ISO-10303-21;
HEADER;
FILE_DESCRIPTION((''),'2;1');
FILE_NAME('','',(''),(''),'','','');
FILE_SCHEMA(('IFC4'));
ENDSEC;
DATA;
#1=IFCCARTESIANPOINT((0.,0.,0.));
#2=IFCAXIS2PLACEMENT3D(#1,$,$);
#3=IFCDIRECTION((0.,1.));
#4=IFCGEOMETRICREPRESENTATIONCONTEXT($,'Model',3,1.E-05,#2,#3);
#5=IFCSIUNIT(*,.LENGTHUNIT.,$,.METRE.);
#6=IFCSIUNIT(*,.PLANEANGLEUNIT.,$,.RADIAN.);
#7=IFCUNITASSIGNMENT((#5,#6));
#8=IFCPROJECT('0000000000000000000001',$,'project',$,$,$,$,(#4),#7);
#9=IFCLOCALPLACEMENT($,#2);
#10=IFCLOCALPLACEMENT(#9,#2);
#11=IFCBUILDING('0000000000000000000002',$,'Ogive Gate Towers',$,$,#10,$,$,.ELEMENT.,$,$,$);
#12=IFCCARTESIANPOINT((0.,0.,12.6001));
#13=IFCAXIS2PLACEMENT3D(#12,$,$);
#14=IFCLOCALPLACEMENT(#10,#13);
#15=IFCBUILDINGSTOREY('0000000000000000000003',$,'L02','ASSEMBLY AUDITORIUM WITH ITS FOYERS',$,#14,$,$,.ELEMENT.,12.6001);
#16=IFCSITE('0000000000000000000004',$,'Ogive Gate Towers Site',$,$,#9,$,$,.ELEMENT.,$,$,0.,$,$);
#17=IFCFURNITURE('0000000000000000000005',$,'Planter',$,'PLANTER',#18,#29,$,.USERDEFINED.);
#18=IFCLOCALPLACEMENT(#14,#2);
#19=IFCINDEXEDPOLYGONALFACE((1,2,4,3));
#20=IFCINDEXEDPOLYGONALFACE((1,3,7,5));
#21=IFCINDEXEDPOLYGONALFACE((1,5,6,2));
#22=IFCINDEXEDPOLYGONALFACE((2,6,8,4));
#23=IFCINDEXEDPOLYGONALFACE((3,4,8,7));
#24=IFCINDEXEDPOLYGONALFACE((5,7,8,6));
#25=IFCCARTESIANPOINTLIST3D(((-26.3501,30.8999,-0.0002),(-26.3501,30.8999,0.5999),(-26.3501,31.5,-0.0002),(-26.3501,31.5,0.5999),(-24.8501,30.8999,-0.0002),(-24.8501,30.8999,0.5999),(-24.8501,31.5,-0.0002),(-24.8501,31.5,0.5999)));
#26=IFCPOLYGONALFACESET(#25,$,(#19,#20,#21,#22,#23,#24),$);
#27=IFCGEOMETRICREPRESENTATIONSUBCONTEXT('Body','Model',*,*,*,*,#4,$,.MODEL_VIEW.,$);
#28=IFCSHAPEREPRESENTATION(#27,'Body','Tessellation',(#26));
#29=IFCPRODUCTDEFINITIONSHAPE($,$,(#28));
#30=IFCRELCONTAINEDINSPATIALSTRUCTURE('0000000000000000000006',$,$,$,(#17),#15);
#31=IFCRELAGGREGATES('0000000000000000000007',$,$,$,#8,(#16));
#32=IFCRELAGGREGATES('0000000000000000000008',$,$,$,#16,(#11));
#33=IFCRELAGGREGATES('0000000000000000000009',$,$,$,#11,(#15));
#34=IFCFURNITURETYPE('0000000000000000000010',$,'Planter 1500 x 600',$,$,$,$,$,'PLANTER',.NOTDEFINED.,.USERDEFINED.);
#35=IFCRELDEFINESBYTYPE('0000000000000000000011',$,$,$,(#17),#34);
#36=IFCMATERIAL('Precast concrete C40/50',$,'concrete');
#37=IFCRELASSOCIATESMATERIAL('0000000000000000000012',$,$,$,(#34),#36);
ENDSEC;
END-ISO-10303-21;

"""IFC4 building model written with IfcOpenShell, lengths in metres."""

from ifc_helpers import new_model, si_unit, direction, frame, origin, origin_2d, place, context, subcontext, project, spatial, rectangle, extrude, material, type_object, element, save


model = new_model("IFC4")

# Units and contexts
model_context = context("Model", 3, precision=1e-05, world=origin(), true_north=direction((0.0, 1.0)))
body_context = subcontext(model_context, "Body", "Model", "MODEL_VIEW")
ifc_project = project(units=[si_unit("LENGTHUNIT", "METRE"), si_unit("PLANEANGLEUNIT", "RADIAN")], contexts=[model_context])

# Site, building, storey
site_placement = place(None, origin())
site = spatial("IfcSite", under=ifc_project, at=site_placement, Name="Ogive Gate Towers Site", CompositionType="ELEMENT", RefElevation=0.0)
building_placement = place(site_placement, origin())
building = spatial("IfcBuilding", under=site, at=building_placement, Name="Ogive Gate Towers", CompositionType="ELEMENT")
storey_placement = place(building_placement, frame((0.0, 0.0, 12.6001)))
storey = spatial("IfcBuildingStorey", under=building, at=storey_placement, Name="L02", Description="ASSEMBLY AUDITORIUM WITH ITS FOYERS", CompositionType="ELEMENT", Elevation=12.6001)

# Shared definitions
ifc_material_1 = material(Name="Precast concrete C40/50", Category="concrete")

# Furniture
furniture_type = type_object("IfcFurnitureType", Name="Planter 1500 x 600", ElementType="PLANTER", AssemblyPlace="NOTDEFINED", PredefinedType="USERDEFINED", material=ifc_material_1)
furniture_placement = place(storey_placement, frame((-25.6001, 31.2, -0.0002), z_axis=(0.0, 0.0, 1.0), x_axis=(-1.0, 0.0, 0.0)))
element("IfcFurniture", 1, at=furniture_placement, inside=storey, type_object=furniture_type, Name="Planter", ObjectType="PLANTER", PredefinedType="USERDEFINED", context=body_context, shape_type="SweptSolid", body=[
    extrude(rectangle(XDim=1.5, YDim=0.6001, at=origin_2d()), origin(), (0.0, 0.0, 1.0), 0.6001),
])

save(model, "model.ifc")
